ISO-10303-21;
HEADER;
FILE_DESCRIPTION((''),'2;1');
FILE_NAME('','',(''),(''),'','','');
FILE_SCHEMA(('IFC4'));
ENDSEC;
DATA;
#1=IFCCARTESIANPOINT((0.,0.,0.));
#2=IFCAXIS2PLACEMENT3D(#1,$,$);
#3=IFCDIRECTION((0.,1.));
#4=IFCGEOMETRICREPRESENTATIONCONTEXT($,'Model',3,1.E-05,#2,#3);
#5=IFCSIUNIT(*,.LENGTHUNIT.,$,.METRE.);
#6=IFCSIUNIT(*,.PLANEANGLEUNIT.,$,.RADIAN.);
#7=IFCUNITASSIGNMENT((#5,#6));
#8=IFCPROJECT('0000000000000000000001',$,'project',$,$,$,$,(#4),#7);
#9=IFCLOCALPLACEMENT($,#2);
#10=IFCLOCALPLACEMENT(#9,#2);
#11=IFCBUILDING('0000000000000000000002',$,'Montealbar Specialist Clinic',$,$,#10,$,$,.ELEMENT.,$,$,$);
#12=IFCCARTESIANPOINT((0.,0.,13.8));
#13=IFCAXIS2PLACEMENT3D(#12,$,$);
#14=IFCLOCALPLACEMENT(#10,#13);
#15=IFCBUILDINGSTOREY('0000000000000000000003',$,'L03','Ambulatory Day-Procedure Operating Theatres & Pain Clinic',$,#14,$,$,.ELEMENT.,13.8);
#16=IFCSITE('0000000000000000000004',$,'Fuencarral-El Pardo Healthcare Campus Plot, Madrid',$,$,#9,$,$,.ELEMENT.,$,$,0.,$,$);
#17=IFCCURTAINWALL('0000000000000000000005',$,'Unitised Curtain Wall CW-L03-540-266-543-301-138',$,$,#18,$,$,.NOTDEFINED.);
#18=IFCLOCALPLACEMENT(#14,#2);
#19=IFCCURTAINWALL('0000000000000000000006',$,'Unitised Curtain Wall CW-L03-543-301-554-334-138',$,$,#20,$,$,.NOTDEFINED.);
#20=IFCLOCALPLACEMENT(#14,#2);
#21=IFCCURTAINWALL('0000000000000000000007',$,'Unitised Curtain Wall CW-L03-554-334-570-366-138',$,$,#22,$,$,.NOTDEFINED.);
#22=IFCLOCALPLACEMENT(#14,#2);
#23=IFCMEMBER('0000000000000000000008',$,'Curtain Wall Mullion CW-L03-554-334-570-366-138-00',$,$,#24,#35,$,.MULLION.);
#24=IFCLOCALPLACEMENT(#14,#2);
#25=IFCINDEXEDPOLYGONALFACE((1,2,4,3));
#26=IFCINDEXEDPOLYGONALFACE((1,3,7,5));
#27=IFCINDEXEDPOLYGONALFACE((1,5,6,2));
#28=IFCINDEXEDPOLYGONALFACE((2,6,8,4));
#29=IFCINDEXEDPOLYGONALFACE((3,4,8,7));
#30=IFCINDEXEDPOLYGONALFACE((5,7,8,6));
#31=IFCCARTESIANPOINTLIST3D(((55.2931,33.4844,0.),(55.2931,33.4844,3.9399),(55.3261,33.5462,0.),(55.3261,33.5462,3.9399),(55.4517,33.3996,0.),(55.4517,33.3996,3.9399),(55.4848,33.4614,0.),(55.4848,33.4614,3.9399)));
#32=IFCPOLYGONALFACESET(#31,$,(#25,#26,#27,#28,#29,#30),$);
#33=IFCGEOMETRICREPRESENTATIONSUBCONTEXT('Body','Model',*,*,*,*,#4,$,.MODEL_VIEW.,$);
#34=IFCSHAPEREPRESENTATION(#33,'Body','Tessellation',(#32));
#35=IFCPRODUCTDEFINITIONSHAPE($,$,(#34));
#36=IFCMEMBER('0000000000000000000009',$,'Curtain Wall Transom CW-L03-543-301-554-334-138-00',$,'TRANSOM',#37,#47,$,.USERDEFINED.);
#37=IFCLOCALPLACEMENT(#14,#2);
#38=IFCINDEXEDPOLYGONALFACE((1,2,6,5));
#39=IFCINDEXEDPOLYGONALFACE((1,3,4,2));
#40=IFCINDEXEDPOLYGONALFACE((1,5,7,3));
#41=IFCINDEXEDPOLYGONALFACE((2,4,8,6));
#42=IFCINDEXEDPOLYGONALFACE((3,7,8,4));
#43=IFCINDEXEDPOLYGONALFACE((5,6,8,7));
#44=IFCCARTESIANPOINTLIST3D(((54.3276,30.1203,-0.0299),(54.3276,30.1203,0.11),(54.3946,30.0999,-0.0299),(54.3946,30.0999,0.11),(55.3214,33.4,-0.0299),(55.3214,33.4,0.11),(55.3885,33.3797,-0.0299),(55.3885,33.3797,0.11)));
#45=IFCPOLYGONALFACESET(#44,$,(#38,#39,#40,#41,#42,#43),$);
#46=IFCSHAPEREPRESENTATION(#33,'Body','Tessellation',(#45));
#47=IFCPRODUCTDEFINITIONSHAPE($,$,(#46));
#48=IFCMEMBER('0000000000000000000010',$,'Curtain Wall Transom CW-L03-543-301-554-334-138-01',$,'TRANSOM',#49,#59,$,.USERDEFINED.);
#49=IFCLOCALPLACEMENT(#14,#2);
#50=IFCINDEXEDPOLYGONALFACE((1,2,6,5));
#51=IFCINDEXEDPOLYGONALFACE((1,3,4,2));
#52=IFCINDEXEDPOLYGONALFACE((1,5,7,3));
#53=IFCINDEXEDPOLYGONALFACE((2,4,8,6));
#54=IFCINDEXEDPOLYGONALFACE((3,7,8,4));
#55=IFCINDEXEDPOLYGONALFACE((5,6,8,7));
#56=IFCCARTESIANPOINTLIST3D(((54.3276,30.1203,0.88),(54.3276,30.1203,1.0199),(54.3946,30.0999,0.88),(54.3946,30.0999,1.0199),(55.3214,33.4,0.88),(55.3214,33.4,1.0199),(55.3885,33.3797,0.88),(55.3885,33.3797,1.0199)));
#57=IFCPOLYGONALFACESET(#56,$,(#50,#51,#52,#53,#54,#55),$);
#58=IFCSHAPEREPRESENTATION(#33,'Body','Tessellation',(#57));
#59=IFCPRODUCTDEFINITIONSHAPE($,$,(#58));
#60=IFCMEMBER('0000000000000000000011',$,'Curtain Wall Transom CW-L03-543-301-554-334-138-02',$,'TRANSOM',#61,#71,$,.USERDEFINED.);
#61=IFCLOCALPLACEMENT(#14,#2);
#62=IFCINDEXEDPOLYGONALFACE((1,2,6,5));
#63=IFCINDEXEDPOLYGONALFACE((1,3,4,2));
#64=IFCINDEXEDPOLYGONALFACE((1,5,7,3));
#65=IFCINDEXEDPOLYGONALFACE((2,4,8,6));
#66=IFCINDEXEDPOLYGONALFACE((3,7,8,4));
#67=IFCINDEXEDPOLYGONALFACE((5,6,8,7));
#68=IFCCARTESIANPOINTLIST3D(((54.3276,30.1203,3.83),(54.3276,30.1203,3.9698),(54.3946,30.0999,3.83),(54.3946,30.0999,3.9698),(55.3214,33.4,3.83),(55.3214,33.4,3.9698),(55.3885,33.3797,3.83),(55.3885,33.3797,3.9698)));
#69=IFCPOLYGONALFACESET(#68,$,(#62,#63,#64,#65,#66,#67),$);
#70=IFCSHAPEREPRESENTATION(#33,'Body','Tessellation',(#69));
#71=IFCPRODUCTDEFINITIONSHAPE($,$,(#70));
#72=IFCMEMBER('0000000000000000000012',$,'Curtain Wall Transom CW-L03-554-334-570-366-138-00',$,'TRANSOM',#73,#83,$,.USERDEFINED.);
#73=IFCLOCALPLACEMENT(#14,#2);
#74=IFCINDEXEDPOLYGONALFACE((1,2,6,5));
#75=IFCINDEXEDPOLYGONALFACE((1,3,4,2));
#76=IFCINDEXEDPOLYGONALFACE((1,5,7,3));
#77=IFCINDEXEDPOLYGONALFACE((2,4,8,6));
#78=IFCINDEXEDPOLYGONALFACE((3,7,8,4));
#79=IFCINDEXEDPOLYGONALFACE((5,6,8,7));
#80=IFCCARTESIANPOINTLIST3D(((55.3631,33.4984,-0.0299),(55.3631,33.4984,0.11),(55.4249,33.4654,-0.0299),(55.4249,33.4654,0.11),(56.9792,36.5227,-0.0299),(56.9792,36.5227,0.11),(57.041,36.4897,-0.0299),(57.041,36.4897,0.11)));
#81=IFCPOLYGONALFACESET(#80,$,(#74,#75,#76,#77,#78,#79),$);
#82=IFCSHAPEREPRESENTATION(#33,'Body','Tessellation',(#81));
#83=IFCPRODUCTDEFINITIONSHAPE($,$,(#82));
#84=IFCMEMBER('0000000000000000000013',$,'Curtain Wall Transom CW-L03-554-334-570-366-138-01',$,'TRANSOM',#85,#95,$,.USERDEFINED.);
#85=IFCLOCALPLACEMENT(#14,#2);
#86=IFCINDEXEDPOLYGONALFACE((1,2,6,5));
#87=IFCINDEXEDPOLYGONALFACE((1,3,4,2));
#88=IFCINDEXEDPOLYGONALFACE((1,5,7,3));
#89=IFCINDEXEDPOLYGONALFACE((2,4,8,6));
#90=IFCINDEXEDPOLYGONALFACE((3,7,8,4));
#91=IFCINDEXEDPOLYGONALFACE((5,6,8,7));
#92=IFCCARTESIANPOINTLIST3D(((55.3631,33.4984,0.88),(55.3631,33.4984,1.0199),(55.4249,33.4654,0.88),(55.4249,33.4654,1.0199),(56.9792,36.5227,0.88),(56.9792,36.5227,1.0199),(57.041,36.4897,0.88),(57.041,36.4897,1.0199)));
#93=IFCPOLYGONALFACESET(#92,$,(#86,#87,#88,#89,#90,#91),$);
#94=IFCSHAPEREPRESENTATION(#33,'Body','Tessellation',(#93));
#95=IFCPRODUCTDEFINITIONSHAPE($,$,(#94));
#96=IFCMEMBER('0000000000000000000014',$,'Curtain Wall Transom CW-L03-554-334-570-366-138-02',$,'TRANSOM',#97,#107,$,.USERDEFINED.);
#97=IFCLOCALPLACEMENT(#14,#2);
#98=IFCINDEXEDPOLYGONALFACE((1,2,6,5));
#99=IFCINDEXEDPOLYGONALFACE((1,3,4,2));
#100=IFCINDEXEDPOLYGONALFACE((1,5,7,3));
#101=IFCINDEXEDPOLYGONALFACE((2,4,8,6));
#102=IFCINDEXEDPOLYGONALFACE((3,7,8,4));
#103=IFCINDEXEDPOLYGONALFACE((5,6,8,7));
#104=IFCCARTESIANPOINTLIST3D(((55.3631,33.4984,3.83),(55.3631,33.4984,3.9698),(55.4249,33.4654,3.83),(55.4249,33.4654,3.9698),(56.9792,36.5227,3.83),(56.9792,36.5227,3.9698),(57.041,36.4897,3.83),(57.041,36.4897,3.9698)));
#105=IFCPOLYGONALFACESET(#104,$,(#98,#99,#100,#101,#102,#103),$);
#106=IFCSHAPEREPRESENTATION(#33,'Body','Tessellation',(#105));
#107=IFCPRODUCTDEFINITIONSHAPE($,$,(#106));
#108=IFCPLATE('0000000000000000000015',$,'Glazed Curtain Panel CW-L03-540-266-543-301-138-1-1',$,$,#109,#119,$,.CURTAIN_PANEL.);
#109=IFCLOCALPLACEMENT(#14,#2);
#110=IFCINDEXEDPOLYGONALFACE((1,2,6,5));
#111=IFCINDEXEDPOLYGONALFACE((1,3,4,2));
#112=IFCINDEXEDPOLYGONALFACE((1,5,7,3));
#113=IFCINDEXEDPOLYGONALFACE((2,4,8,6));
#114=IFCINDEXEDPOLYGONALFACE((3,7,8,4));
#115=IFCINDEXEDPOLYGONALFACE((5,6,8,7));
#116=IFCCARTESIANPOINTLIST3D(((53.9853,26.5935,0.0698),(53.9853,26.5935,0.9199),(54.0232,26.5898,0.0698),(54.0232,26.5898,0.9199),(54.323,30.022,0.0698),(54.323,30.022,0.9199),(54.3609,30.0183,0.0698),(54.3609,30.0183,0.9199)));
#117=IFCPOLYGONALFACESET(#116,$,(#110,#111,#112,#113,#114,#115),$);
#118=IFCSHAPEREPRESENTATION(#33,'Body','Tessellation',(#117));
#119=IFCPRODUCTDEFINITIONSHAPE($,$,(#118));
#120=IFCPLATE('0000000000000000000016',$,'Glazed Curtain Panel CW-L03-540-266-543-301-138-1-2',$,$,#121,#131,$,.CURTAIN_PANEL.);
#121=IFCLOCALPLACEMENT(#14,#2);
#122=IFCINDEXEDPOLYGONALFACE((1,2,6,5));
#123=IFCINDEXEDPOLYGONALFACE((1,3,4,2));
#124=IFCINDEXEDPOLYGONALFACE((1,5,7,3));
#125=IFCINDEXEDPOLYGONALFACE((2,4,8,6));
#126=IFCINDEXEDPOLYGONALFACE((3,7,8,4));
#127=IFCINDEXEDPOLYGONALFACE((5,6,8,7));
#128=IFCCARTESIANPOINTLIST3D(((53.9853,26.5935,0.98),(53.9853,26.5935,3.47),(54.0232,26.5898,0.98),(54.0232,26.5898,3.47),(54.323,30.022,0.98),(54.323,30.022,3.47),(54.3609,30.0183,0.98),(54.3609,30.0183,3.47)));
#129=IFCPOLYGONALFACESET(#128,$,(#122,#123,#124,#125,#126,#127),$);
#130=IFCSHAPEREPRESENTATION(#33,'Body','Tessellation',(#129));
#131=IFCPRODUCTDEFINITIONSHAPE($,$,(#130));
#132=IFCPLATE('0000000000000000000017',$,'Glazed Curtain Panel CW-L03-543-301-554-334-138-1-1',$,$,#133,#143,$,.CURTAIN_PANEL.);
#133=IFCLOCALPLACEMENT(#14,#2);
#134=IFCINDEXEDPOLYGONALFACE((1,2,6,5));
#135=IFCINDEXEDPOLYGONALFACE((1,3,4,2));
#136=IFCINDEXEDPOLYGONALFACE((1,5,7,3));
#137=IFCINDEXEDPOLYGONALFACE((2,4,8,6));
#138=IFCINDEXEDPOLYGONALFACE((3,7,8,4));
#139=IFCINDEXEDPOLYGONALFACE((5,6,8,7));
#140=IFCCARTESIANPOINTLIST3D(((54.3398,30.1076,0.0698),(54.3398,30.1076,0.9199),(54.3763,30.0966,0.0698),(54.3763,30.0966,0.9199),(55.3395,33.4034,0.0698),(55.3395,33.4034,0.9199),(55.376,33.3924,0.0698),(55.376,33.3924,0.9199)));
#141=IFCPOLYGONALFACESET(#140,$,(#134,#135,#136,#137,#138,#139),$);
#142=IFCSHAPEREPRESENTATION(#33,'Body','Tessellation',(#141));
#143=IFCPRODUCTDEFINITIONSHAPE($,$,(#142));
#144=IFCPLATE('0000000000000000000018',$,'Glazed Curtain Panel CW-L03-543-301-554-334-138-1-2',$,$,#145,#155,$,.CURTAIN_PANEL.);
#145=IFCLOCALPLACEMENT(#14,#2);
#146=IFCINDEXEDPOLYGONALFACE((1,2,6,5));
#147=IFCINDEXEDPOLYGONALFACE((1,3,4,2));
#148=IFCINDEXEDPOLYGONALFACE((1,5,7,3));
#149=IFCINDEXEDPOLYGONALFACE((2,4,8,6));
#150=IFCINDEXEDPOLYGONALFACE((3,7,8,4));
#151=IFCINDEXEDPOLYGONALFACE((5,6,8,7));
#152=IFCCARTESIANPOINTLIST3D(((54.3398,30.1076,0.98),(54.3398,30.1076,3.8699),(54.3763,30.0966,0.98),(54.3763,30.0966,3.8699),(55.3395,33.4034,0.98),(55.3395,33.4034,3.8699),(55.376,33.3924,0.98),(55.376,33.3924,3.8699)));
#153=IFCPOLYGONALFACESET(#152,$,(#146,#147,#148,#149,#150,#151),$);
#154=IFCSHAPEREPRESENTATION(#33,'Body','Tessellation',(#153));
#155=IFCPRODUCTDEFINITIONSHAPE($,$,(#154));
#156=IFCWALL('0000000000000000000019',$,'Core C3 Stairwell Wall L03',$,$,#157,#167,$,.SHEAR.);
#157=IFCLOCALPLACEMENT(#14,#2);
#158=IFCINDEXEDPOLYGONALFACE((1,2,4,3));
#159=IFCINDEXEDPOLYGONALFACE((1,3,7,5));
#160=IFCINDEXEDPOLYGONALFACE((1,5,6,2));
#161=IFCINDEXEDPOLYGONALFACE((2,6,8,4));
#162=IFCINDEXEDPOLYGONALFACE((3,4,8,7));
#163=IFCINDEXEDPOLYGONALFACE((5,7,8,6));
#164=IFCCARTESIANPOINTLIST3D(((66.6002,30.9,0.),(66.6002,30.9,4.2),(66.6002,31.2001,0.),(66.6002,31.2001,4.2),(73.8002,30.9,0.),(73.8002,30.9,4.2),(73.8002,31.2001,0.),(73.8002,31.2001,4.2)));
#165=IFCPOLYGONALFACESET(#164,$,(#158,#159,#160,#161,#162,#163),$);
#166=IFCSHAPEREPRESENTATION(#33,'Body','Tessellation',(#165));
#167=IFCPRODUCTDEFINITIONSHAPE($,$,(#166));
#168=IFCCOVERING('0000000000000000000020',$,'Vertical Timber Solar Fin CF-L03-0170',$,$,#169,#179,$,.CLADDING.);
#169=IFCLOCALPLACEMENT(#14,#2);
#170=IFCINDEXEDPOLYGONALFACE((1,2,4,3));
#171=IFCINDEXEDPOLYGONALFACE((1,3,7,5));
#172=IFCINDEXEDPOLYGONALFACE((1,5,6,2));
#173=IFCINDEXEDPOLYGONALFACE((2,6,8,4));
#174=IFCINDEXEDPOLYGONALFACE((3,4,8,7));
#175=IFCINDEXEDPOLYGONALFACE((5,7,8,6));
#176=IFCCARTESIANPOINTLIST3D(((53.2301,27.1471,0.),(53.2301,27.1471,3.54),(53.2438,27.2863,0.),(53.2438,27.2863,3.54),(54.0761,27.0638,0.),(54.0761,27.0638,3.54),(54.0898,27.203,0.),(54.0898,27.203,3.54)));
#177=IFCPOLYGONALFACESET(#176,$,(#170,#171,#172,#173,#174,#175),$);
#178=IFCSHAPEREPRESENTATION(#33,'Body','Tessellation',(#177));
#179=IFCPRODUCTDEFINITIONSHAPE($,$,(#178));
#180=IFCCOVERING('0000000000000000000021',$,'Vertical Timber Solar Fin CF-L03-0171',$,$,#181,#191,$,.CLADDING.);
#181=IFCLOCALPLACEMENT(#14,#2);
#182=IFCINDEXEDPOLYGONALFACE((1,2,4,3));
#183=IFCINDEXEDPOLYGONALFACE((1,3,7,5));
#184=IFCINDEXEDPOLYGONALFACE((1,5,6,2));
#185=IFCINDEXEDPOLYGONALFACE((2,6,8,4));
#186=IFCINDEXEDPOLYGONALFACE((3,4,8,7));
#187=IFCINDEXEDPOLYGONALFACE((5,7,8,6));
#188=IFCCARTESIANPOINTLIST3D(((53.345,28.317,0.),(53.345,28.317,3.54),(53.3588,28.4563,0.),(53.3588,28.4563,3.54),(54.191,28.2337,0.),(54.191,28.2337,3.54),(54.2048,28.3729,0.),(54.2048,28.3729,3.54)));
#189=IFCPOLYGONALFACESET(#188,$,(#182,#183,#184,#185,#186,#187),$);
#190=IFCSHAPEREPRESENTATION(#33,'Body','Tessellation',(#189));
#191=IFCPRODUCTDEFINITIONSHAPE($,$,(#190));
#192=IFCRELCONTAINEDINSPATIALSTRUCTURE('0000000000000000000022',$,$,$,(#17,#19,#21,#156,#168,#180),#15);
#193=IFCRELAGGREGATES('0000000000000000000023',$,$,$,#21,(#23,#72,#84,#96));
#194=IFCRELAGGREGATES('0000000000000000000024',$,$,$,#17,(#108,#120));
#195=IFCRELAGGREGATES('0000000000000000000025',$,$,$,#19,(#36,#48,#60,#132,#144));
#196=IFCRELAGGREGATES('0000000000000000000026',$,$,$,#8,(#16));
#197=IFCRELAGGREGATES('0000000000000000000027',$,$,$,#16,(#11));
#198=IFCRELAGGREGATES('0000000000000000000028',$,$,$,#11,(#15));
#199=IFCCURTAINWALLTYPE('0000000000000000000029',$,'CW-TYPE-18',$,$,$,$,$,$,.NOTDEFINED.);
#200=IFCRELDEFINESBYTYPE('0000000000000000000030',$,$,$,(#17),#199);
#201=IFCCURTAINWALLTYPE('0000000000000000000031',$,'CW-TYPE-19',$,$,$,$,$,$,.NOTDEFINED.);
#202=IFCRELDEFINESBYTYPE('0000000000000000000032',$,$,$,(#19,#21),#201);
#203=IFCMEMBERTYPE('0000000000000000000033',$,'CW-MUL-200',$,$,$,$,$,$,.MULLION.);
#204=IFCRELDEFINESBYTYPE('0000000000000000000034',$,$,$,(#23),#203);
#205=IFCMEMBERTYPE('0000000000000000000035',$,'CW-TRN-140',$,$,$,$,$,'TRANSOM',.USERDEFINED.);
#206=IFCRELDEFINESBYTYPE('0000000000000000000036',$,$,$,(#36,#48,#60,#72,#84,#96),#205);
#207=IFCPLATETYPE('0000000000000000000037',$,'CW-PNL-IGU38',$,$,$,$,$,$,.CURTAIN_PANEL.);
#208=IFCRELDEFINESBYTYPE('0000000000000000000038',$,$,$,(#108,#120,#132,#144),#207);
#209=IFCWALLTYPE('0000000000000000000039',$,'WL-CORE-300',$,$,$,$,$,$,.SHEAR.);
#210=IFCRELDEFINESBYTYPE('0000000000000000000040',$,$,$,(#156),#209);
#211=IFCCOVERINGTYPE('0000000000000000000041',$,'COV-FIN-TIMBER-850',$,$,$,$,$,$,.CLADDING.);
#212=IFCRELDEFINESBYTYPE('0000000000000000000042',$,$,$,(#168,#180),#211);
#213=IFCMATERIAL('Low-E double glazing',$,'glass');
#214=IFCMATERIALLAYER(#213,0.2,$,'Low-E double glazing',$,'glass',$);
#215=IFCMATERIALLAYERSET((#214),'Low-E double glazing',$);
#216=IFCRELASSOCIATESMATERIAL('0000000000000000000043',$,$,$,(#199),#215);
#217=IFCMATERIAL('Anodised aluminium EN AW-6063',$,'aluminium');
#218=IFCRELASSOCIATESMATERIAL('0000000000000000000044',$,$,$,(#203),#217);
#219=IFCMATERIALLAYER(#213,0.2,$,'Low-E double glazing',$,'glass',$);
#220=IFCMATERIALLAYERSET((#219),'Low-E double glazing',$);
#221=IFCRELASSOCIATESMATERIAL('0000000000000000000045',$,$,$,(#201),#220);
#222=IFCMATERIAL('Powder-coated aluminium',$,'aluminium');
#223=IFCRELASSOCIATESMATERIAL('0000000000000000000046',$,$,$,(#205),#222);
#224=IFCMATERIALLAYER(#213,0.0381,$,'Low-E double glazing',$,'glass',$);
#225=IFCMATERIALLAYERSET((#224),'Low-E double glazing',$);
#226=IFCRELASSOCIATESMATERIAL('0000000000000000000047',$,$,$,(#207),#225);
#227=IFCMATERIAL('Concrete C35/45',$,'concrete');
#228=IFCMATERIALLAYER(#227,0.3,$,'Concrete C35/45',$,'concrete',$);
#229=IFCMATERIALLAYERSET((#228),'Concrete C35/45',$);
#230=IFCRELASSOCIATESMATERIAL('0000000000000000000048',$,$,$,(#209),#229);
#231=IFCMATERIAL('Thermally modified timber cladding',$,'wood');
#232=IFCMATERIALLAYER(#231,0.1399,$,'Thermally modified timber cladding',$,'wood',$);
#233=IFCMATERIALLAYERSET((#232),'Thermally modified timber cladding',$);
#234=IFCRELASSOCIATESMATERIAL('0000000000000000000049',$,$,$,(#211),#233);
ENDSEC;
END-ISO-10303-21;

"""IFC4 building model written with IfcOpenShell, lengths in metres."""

from ifc_helpers import new_model, si_unit, direction, frame, frame_2d, origin, origin_2d, place, context, subcontext, project, spatial, rectangle, extrude, material, layer, layer_set, material_profile, profile_set, type_object, element, aggregate, save


model = new_model("IFC4")

# Units and contexts
model_context = context("Model", 3, precision=1e-05, world=origin(), true_north=direction((0.0, 1.0)))
body_context = subcontext(model_context, "Body", "Model", "MODEL_VIEW")
ifc_project = project(units=[si_unit("LENGTHUNIT", "METRE"), si_unit("PLANEANGLEUNIT", "RADIAN")], contexts=[model_context])

# Site, building, storey
site_placement = place(None, origin())
site = spatial("IfcSite", under=ifc_project, at=site_placement, Name="Fuencarral-El Pardo Healthcare Campus Plot, Madrid", CompositionType="ELEMENT", RefElevation=0.0)
building_placement = place(site_placement, origin())
building = spatial("IfcBuilding", under=site, at=building_placement, Name="Montealbar Specialist Clinic", CompositionType="ELEMENT")
storey_placement = place(building_placement, frame((0.0, 0.0, 13.8)))
storey = spatial("IfcBuildingStorey", under=building, at=storey_placement, Name="L03", Description="Ambulatory Day-Procedure Operating Theatres & Pain Clinic", CompositionType="ELEMENT", Elevation=13.8)

# Curtain wall
ifc_material_1 = material(Name="Low-E double glazing", Category="glass")
ifc_layer_1 = layer(ifc_material_1, 0.2, Name="Low-E double glazing", Category="glass")
ifc_layer_set_1 = layer_set([ifc_layer_1], Name="Low-E double glazing")
curtain_wall_type_1 = type_object("IfcCurtainWallType", Name="CW-TYPE-18", PredefinedType="NOTDEFINED", material=ifc_layer_set_1)
curtain_wall_1_placement = place(storey_placement, origin())
curtain_wall_1 = element("IfcCurtainWall", 1, at=curtain_wall_1_placement, inside=storey, type_object=curtain_wall_type_1, Name="Unitised Curtain Wall CW-L03-540-266-543-301-138", PredefinedType="NOTDEFINED")
ifc_material_2 = material(Name="Anodised aluminium EN AW-6063", Category="aluminium")
ifc_material_profile_1 = material_profile(ifc_material_2, rectangle(XDim=0.0701, YDim=0.1799, at=origin_2d()), Name="ALU 70x180", Category="aluminium")
ifc_profile_set_1 = profile_set([ifc_material_profile_1], Name="Anodised aluminium EN AW-6063")
member_type_1 = type_object("IfcMemberType", Name="CW-MUL-200", PredefinedType="MULLION", material=ifc_profile_set_1)

# Curtain wall
ifc_layer_2 = layer(ifc_material_1, 0.2, Name="Low-E double glazing", Category="glass")
ifc_layer_set_2 = layer_set([ifc_layer_2], Name="Low-E double glazing")
curtain_wall_type_2 = type_object("IfcCurtainWallType", Name="CW-TYPE-19", PredefinedType="NOTDEFINED", material=ifc_layer_set_2)
curtain_wall_2_placement = place(storey_placement, origin())
curtain_wall_2 = element("IfcCurtainWall", 2, at=curtain_wall_2_placement, inside=storey, type_object=curtain_wall_type_2, Name="Unitised Curtain Wall CW-L03-543-301-554-334-138", PredefinedType="NOTDEFINED")

# Curtain wall, member
curtain_wall_3_placement = place(storey_placement, origin())
curtain_wall_3 = element("IfcCurtainWall", 3, at=curtain_wall_3_placement, inside=storey, type_object=curtain_wall_type_2, Name="Unitised Curtain Wall CW-L03-554-334-570-366-138", PredefinedType="NOTDEFINED")
member_1_placement = place(storey_placement, frame((55.3889, 33.4729, 0.0), z_axis=(0.0, 0.0, 1.0), x_axis=(0.471529, 0.88185, 0.0)))
member_1 = element("IfcMember", 4, at=member_1_placement, type_object=member_type_1, Name="Curtain Wall Mullion CW-L03-554-334-570-366-138-00", PredefinedType="MULLION", context=body_context, shape_type="SweptSolid", body=[
    extrude(rectangle(XDim=0.0701, YDim=0.1799, at=origin_2d()), origin(), (0.0, 0.0, 1.0), 3.9399),
])

# Members
ifc_material_3 = material(Name="Powder-coated aluminium", Category="aluminium")
ifc_material_profile_2 = material_profile(ifc_material_3, rectangle(XDim=0.0701, YDim=0.1399, at=origin_2d()), Name="ALU 70x140", Category="aluminium")
ifc_profile_set_2 = profile_set([ifc_material_profile_2], Name="Powder-coated aluminium")
member_type_2 = type_object("IfcMemberType", Name="CW-TRN-140", ElementType="TRANSOM", PredefinedType="USERDEFINED", material=ifc_profile_set_2)
member_2_placement = place(storey_placement, frame((54.3611, 30.1101, 0.04), z_axis=(0.290013, 0.957023, 0.0), x_axis=(-0.957023, 0.290013, 0.0)))
member_2 = element("IfcMember", 5, at=member_2_placement, type_object=member_type_2, Name="Curtain Wall Transom CW-L03-543-301-554-334-138-00", ObjectType="TRANSOM", PredefinedType="USERDEFINED", context=body_context, shape_type="SweptSolid", body=[
    extrude(rectangle(XDim=0.0701, YDim=0.1399, at=origin_2d()), origin(), (0.0, 0.0, 1.0), 3.427),
])
member_3_placement = place(storey_placement, frame((54.3611, 30.1101, 0.95), z_axis=(0.290013, 0.957023, 0.0), x_axis=(-0.957023, 0.290013, 0.0)))
member_3 = element("IfcMember", 6, at=member_3_placement, type_object=member_type_2, Name="Curtain Wall Transom CW-L03-543-301-554-334-138-01", ObjectType="TRANSOM", PredefinedType="USERDEFINED", context=body_context, shape_type="SweptSolid", body=[
    extrude(rectangle(XDim=0.0701, YDim=0.1399, at=origin_2d()), origin(), (0.0, 0.0, 1.0), 3.427),
])
member_4_placement = place(storey_placement, frame((54.3611, 30.1101, 3.8999), z_axis=(0.290013, 0.957023, 0.0), x_axis=(-0.957023, 0.290013, 0.0)))
member_4 = element("IfcMember", 7, at=member_4_placement, type_object=member_type_2, Name="Curtain Wall Transom CW-L03-543-301-554-334-138-02", ObjectType="TRANSOM", PredefinedType="USERDEFINED", context=body_context, shape_type="SweptSolid", body=[
    extrude(rectangle(XDim=0.0701, YDim=0.1399, at=origin_2d()), origin(), (0.0, 0.0, 1.0), 3.427),
])
member_5_placement = place(storey_placement, frame((55.394, 33.4819, 0.04), z_axis=(0.471287, 0.88198, 0.0), x_axis=(-0.88198, 0.471287, 0.0)))
member_5 = element("IfcMember", 8, at=member_5_placement, type_object=member_type_2, Name="Curtain Wall Transom CW-L03-554-334-570-366-138-00", ObjectType="TRANSOM", PredefinedType="USERDEFINED", context=body_context, shape_type="SweptSolid", body=[
    extrude(rectangle(XDim=0.0701, YDim=0.1399, at=origin_2d()), origin(), (0.0, 0.0, 1.0), 3.429),
])
member_6_placement = place(storey_placement, frame((55.394, 33.4819, 0.95), z_axis=(0.471287, 0.88198, 0.0), x_axis=(-0.88198, 0.471287, 0.0)))
member_6 = element("IfcMember", 9, at=member_6_placement, type_object=member_type_2, Name="Curtain Wall Transom CW-L03-554-334-570-366-138-01", ObjectType="TRANSOM", PredefinedType="USERDEFINED", context=body_context, shape_type="SweptSolid", body=[
    extrude(rectangle(XDim=0.0701, YDim=0.1399, at=origin_2d()), origin(), (0.0, 0.0, 1.0), 3.429),
])
member_7_placement = place(storey_placement, frame((55.394, 33.4819, 3.8999), z_axis=(0.471287, 0.88198, 0.0), x_axis=(-0.88198, 0.471287, 0.0)))
member_7 = element("IfcMember", 10, at=member_7_placement, type_object=member_type_2, Name="Curtain Wall Transom CW-L03-554-334-570-366-138-02", ObjectType="TRANSOM", PredefinedType="USERDEFINED", context=body_context, shape_type="SweptSolid", body=[
    extrude(rectangle(XDim=0.0701, YDim=0.1399, at=origin_2d()), origin(), (0.0, 0.0, 1.0), 3.429),
])
aggregate(curtain_wall_3, [member_1, member_5, member_6, member_7])

# Plates
ifc_layer_3 = layer(ifc_material_1, 0.0381, Name="Low-E double glazing", Category="glass")
ifc_layer_set_3 = layer_set([ifc_layer_3], Name="Low-E double glazing")
plate_type = type_object("IfcPlateType", Name="CW-PNL-IGU38", PredefinedType="CURTAIN_PANEL", material=ifc_layer_set_3)
plate_1_placement = place(storey_placement, frame((54.1731, 28.3059, 0.0698), z_axis=(0.0, 0.0, 1.0), x_axis=(0.098045, 0.995182, 0.0)))
plate_1 = element("IfcPlate", 11, at=plate_1_placement, type_object=plate_type, Name="Glazed Curtain Panel CW-L03-540-266-543-301-138-1-1", PredefinedType="CURTAIN_PANEL", context=body_context, shape_type="SweptSolid", body=[
    extrude(rectangle(XDim=3.4451, YDim=0.0381, at=origin_2d()), origin(), (0.0, 0.0, 1.0), 0.8501),
])
plate_2_placement = place(storey_placement, frame((54.1731, 28.3059, 0.98), z_axis=(0.0, 0.0, 1.0), x_axis=(0.098045, 0.995182, 0.0)))
plate_2 = element("IfcPlate", 12, at=plate_2_placement, type_object=plate_type, Name="Glazed Curtain Panel CW-L03-540-266-543-301-138-1-2", PredefinedType="CURTAIN_PANEL", context=body_context, shape_type="SweptSolid", body=[
    extrude(rectangle(XDim=3.4451, YDim=0.0381, at=origin_2d()), origin(), (0.0, 0.0, 1.0), 2.49),
])
aggregate(curtain_wall_1, [plate_1, plate_2])
plate_3_placement = place(storey_placement, frame((54.8579, 31.75, 0.0698), z_axis=(0.0, 0.0, 1.0), x_axis=(0.290259, 0.956948, 0.0)))
plate_3 = element("IfcPlate", 13, at=plate_3_placement, type_object=plate_type, Name="Glazed Curtain Panel CW-L03-543-301-554-334-138-1-1", PredefinedType="CURTAIN_PANEL", context=body_context, shape_type="SweptSolid", body=[
    extrude(rectangle(XDim=3.4441, YDim=0.0381, at=origin_2d()), origin(), (0.0, 0.0, 1.0), 0.8501),
])
plate_4_placement = place(storey_placement, frame((54.8579, 31.75, 0.98), z_axis=(0.0, 0.0, 1.0), x_axis=(0.290259, 0.956948, 0.0)))
plate_4 = element("IfcPlate", 14, at=plate_4_placement, type_object=plate_type, Name="Glazed Curtain Panel CW-L03-543-301-554-334-138-1-2", PredefinedType="CURTAIN_PANEL", context=body_context, shape_type="SweptSolid", body=[
    extrude(rectangle(XDim=3.4441, YDim=0.0381, at=origin_2d()), origin(), (0.0, 0.0, 1.0), 2.8899),
])
aggregate(curtain_wall_2, [member_2, member_3, member_4, plate_3, plate_4])

# Wall
ifc_material_4 = material(Name="Concrete C35/45", Category="concrete")
ifc_layer_4 = layer(ifc_material_4, 0.3, Name="Concrete C35/45", Category="concrete")
ifc_layer_set_4 = layer_set([ifc_layer_4], Name="Concrete C35/45")
wall_type_1 = type_object("IfcWallType", Name="WL-CORE-300", PredefinedType="SHEAR", material=ifc_layer_set_4)
wall_1_placement = place(storey_placement, frame((66.6001, 31.05, 0.0), z_axis=(0.0, 0.0, 1.0), x_axis=(1.0, 0.0, 0.0)))
element("IfcWall", 15, at=wall_1_placement, inside=storey, type_object=wall_type_1, Name="Core C3 Stairwell Wall L03", PredefinedType="SHEAR", context=body_context, shape_type="SweptSolid", body=[
    extrude(rectangle(XDim=7.2, YDim=0.3, at=frame_2d((3.6001, 0.0))), origin(), (0.0, 0.0, 1.0), 4.2),
])

# Coverings
ifc_material_5 = material(Name="Thermally modified timber cladding", Category="wood")
ifc_layer_5 = layer(ifc_material_5, 0.1399, Name="Thermally modified timber cladding", Category="wood")
ifc_layer_set_5 = layer_set([ifc_layer_5], Name="Thermally modified timber cladding")
covering_type = type_object("IfcCoveringType", Name="COV-FIN-TIMBER-850", PredefinedType="CLADDING", material=ifc_layer_set_5)
for number, where, z_axis, x_axis, name in (
    (16, (53.6599, 27.175, 0.0), (0.0, 0.0, 1.0), (-0.995182, 0.098045, 0.0), "Vertical Timber Solar Fin CF-L03-0170"),
    (17, (53.7749, 28.345, 0.0), (0.0, 0.0, 1.0), (-0.995182, 0.098045, 0.0), "Vertical Timber Solar Fin CF-L03-0171"),
):
    element("IfcCovering", number, at=place(storey_placement, frame(where, z_axis=z_axis, x_axis=x_axis)), inside=storey, type_object=covering_type, Name=name, PredefinedType="CLADDING", context=body_context, shape_type="SweptSolid", body=[
        extrude(rectangle(XDim=0.8501, YDim=0.1399, at=origin_2d()), origin(), (0.0, 0.0, 1.0), 3.54),
    ])

save(model, "model.ifc")
